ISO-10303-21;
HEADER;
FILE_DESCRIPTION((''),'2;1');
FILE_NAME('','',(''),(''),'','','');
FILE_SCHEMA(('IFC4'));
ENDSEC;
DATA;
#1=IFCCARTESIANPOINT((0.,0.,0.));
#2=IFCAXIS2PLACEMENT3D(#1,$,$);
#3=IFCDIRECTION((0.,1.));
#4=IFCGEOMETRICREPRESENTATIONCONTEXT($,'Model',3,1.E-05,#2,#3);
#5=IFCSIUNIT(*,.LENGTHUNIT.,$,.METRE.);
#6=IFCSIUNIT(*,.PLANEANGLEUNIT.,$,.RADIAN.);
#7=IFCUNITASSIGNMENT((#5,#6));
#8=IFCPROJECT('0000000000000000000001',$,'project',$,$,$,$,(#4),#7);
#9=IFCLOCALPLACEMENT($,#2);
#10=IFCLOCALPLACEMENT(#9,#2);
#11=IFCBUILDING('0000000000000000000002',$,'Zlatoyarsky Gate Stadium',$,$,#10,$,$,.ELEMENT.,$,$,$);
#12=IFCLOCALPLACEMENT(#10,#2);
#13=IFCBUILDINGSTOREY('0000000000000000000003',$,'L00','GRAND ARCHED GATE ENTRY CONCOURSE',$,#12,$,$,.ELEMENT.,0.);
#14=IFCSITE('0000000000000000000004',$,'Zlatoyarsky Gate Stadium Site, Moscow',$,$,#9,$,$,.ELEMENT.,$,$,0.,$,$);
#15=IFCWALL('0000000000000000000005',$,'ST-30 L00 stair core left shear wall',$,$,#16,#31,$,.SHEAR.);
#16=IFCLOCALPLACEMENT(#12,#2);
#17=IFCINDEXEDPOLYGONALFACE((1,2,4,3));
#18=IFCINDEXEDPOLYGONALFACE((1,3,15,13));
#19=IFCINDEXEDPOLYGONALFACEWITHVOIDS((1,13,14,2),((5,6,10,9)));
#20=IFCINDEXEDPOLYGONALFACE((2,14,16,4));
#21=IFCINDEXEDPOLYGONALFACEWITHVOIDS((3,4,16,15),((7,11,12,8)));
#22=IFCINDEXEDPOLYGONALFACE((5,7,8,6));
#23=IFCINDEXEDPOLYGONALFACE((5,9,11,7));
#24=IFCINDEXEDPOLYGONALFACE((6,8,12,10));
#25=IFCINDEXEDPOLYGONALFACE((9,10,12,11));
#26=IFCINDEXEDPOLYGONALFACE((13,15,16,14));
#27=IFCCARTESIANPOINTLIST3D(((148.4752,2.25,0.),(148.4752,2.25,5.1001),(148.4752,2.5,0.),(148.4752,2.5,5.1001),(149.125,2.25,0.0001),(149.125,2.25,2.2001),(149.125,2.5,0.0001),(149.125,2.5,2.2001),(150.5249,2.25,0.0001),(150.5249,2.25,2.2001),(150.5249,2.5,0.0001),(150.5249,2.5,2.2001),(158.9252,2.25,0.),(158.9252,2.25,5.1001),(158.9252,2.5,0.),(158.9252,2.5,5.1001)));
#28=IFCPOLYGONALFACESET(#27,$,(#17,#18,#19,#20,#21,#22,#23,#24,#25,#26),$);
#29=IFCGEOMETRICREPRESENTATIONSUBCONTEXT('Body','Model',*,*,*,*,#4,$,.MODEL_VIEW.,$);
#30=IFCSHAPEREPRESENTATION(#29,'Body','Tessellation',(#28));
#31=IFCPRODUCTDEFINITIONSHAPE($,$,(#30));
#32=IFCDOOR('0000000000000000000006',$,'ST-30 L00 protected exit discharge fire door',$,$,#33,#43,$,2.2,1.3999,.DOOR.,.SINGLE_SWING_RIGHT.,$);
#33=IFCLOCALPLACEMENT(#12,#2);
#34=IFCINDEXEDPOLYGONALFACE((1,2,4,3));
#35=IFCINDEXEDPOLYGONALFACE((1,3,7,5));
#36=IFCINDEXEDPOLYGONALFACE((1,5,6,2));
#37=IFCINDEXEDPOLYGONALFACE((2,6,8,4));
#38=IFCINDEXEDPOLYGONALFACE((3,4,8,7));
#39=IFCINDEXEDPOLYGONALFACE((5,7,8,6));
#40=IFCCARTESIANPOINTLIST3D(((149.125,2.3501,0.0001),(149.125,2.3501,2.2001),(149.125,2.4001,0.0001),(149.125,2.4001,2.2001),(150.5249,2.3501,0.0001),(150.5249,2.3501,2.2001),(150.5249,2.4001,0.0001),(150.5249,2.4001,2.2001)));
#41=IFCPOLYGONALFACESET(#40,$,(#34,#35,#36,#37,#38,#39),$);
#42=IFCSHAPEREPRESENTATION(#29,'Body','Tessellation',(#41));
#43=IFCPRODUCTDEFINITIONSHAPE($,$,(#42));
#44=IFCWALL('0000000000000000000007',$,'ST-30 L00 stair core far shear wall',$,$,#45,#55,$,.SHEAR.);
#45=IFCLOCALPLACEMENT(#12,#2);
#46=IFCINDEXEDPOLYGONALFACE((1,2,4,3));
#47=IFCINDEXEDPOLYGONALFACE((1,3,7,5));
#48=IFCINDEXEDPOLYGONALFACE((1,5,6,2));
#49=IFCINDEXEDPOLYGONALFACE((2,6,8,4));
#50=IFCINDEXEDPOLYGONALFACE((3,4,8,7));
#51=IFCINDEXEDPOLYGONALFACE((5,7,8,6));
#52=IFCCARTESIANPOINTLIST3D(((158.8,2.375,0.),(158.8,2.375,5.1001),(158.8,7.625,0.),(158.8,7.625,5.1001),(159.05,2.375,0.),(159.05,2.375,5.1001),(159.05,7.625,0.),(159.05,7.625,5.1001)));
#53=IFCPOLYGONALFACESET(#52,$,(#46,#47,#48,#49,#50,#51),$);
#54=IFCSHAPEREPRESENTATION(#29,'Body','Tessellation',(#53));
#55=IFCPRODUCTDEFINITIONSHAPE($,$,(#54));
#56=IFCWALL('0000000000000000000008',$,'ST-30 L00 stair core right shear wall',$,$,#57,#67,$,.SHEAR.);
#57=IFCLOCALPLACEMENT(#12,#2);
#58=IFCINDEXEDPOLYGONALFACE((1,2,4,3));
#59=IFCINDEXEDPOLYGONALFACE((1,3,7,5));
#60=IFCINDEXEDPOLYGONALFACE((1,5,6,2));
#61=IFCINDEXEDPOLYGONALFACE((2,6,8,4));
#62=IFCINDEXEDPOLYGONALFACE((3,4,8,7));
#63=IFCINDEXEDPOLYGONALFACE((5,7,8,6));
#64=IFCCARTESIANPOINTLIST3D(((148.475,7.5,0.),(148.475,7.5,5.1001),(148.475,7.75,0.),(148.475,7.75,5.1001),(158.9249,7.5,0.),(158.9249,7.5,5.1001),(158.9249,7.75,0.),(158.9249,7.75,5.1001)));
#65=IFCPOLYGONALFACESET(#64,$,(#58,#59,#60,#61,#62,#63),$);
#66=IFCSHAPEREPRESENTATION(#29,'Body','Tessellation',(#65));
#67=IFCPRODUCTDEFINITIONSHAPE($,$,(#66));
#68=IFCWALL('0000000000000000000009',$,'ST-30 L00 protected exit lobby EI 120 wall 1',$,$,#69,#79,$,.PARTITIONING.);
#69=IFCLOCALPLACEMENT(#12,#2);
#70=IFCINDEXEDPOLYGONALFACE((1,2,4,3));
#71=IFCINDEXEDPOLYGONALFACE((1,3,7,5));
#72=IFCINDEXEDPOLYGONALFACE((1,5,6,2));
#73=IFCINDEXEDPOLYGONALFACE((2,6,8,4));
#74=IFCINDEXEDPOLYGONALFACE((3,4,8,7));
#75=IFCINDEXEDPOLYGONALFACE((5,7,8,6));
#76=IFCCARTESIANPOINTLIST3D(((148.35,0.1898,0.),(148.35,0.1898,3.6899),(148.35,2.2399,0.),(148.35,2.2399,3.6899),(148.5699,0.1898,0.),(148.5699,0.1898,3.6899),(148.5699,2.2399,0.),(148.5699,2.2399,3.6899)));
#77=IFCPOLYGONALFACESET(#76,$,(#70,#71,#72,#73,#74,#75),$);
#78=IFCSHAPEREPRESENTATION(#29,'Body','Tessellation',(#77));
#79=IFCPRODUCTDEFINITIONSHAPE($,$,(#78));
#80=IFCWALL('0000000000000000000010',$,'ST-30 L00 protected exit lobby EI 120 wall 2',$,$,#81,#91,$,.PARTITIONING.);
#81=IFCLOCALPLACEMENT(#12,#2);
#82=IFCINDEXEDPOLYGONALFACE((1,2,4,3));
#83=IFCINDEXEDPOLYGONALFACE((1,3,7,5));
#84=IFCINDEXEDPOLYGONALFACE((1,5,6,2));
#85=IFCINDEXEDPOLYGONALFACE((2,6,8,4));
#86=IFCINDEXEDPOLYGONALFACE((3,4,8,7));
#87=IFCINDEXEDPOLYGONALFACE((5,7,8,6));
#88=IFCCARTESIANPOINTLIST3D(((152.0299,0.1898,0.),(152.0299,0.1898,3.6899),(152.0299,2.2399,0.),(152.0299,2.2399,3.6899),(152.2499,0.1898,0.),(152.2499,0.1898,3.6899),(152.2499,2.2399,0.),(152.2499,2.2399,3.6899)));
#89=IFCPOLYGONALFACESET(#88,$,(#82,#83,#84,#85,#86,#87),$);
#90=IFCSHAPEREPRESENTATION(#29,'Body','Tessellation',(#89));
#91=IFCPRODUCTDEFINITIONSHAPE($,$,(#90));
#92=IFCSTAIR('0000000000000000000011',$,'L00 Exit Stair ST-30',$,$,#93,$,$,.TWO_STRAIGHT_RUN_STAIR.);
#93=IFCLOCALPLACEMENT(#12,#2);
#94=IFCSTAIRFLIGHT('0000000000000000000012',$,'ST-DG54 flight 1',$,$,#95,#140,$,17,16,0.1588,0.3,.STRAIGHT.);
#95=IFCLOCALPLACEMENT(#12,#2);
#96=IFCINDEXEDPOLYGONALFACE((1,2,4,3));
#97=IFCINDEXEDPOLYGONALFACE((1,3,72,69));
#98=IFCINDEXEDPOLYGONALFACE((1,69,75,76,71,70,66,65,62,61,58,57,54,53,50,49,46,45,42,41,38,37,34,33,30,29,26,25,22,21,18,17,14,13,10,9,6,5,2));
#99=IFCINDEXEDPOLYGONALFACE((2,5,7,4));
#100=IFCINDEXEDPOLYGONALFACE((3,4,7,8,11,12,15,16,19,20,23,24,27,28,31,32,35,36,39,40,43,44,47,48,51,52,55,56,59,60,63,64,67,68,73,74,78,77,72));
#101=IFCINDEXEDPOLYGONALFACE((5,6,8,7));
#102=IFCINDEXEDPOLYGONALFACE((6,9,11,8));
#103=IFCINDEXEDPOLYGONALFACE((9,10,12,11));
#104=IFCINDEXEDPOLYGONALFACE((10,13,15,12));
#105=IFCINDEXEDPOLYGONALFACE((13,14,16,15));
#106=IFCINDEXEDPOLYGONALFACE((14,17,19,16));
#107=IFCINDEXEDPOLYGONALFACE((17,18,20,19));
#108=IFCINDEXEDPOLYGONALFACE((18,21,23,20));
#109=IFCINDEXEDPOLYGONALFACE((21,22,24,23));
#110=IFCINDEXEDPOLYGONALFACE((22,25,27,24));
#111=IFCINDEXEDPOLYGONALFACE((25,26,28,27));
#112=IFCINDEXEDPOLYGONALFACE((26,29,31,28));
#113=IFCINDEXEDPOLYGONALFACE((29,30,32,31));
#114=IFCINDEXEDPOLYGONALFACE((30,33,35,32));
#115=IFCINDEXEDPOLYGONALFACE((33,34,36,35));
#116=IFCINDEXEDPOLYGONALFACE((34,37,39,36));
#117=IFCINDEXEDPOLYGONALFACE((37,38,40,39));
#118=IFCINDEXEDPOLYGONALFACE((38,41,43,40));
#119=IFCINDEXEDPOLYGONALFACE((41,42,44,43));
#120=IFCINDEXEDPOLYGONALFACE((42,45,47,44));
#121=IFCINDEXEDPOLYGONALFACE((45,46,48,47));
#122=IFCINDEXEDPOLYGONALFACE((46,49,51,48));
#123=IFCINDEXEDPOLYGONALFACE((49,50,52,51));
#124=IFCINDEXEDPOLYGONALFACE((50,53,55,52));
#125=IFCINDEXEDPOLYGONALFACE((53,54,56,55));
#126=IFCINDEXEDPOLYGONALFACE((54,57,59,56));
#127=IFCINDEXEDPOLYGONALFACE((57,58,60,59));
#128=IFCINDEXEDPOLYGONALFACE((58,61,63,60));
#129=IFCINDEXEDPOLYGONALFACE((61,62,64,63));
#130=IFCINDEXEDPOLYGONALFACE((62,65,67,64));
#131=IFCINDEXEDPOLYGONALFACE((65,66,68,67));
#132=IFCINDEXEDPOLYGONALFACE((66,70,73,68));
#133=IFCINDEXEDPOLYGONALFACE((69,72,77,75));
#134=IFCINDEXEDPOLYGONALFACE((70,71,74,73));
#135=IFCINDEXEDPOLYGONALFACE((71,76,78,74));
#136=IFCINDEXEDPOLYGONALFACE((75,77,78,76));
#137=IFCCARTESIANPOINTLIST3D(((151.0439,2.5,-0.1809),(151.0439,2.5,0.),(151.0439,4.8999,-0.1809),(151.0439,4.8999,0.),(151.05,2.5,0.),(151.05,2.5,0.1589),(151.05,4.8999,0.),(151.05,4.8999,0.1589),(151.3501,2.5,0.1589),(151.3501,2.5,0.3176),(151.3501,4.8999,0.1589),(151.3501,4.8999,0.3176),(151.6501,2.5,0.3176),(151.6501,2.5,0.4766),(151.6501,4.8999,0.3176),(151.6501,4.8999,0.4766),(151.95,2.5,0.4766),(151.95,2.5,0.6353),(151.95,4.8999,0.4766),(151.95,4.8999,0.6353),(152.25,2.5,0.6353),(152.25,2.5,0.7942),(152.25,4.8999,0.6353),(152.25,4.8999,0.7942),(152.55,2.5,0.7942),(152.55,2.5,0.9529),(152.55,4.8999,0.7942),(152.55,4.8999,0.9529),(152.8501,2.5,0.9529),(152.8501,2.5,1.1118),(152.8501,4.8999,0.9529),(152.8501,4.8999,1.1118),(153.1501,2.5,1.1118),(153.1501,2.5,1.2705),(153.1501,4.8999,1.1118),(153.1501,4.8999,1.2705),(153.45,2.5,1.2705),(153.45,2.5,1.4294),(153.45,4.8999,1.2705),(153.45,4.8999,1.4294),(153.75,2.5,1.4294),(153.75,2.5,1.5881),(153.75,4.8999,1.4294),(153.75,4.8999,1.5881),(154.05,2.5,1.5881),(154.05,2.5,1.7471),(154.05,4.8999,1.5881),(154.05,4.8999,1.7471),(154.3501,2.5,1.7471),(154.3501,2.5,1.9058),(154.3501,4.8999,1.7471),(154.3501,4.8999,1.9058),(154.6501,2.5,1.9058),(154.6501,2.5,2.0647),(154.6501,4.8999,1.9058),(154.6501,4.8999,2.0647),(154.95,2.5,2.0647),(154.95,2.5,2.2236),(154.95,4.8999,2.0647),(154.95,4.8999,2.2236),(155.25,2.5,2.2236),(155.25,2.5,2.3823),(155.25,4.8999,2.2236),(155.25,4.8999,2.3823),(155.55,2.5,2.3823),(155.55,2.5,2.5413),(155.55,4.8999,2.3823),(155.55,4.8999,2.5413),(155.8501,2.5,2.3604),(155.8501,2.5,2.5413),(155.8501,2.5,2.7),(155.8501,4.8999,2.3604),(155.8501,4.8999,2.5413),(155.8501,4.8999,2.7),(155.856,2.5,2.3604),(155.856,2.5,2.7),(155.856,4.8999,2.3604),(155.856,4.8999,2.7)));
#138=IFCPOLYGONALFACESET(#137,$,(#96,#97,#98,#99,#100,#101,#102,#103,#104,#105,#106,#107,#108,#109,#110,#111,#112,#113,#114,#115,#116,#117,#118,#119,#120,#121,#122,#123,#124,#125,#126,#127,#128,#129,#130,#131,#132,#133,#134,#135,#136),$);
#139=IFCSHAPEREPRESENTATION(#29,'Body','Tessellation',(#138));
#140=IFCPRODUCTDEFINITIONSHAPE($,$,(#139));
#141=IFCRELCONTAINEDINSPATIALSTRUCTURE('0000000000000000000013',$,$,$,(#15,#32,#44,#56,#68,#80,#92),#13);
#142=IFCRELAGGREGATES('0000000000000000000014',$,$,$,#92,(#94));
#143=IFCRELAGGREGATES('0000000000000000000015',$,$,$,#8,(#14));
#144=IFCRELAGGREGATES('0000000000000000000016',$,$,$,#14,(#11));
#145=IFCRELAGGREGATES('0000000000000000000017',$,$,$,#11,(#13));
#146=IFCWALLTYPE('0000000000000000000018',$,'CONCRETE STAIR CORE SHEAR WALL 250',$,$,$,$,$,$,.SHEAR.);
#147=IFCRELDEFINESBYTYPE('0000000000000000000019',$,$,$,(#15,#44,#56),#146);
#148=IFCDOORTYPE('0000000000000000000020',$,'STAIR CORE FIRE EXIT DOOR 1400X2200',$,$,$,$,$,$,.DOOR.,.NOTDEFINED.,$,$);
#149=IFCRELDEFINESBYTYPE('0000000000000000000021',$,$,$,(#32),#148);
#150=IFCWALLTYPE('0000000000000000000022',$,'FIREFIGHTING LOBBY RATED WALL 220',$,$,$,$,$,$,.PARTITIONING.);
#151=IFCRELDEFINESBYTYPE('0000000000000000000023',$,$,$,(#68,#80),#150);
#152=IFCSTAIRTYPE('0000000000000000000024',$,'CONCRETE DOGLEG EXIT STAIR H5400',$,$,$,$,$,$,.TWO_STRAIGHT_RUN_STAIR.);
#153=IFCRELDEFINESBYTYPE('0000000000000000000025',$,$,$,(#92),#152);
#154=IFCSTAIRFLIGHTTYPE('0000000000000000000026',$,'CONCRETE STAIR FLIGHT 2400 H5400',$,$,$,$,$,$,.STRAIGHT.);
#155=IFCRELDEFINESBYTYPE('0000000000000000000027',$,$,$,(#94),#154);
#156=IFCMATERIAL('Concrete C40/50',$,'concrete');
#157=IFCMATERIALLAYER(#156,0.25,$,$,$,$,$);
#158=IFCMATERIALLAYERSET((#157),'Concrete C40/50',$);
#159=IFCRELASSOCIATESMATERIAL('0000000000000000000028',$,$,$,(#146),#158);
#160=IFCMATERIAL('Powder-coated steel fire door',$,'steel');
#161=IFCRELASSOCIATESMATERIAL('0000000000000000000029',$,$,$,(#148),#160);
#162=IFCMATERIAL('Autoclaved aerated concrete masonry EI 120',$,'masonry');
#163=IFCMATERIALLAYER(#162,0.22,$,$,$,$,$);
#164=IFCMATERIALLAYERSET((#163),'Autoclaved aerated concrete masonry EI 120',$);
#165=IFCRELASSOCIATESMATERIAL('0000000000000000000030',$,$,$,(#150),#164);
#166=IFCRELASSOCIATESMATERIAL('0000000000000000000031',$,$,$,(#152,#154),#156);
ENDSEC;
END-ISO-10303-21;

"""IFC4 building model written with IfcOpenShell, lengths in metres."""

from ifc_helpers import new_model, si_unit, direction, frame, frame_2d, origin, place, context, subcontext, project, spatial, polyline, rectangle, outline, extrude, material, layer, layer_set, type_object, element, fill, aggregate, save


model = new_model("IFC4")

# Units and contexts
model_context = context("Model", 3, precision=1e-05, world=origin(), true_north=direction((0.0, 1.0)))
body_context = subcontext(model_context, "Body", "Model", "MODEL_VIEW")
ifc_project = project(units=[si_unit("LENGTHUNIT", "METRE"), si_unit("PLANEANGLEUNIT", "RADIAN")], contexts=[model_context])

# Site, building, storey
site_placement = place(None, origin())
site = spatial("IfcSite", under=ifc_project, at=site_placement, Name="Zlatoyarsky Gate Stadium Site, Moscow", CompositionType="ELEMENT", RefElevation=0.0)
building_placement = place(site_placement, origin())
building = spatial("IfcBuilding", under=site, at=building_placement, Name="Zlatoyarsky Gate Stadium", CompositionType="ELEMENT")
storey_placement = place(building_placement, origin())
storey = spatial("IfcBuildingStorey", under=building, at=storey_placement, Name="L00", Description="GRAND ARCHED GATE ENTRY CONCOURSE", CompositionType="ELEMENT", Elevation=0.0)

# Shared definitions
ifc_material_1 = material(Name="Concrete C40/50", Category="concrete")

# Shared definitions
ifc_layer_1 = layer(ifc_material_1, 0.25)
ifc_layer_set_1 = layer_set([ifc_layer_1], Name="Concrete C40/50")
wall_type_1 = type_object("IfcWallType", Name="CONCRETE STAIR CORE SHEAR WALL 250", PredefinedType="SHEAR", material=ifc_layer_set_1)

# Wall, opening, door
wall_1_placement = place(storey_placement, frame((148.4751, 2.375, 0.0), z_axis=(0.0, 0.0, 1.0), x_axis=(1.0, 0.0, 0.0)))
wall_1 = element("IfcWall", 1, at=wall_1_placement, inside=storey, type_object=wall_type_1, Name="ST-30 L00 stair core left shear wall", PredefinedType="SHEAR", context=body_context, shape_type="SweptSolid", body=[
    extrude(rectangle(XDim=10.45, YDim=0.25, at=frame_2d((5.2251, 0.0))), origin(), (0.0, 0.0, 1.0), 5.1001),
])
opening_1_placement = place(wall_1_placement, frame((0.6499, 0.0, 0.0)))
opening_1 = element("IfcOpeningElement", 2, at=opening_1_placement, cuts=wall_1, PredefinedType="OPENING", context=body_context, shape_type="SweptSolid", body=[
    extrude(rectangle(XDim=1.3999, YDim=2.2, at=frame_2d((0.7, 1.1001))), frame((0.0, 0.135, 0.0), z_axis=(0.0, -1.0, 0.0), x_axis=(1.0, 0.0, 0.0)), (0.0, 0.0, 1.0), 0.27),
])
ifc_material_2 = material(Name="Powder-coated steel fire door", Category="steel")
door_type_1 = type_object("IfcDoorType", Name="STAIR CORE FIRE EXIT DOOR 1400X2200", OperationType="NOTDEFINED", PredefinedType="DOOR", material=ifc_material_2)
door_1_placement = place(opening_1_placement, frame((1.3999, 0.0, 0.0), z_axis=(0.0, 0.0, 1.0), x_axis=(-1.0, 0.0, 0.0)))
door_1 = element("IfcDoor", 3, at=door_1_placement, inside=storey, type_object=door_type_1, Name="ST-30 L00 protected exit discharge fire door", OperationType="SINGLE_SWING_RIGHT", OverallHeight=2.2, OverallWidth=1.3999, PredefinedType="DOOR", context=body_context, shape_type="SweptSolid", body=[
    extrude(rectangle(XDim=1.3999, YDim=2.2, at=frame_2d((0.7, 1.1001))), frame((0.0, 0.0249, 0.0), z_axis=(0.0, -1.0, 0.0), x_axis=(1.0, 0.0, 0.0)), (0.0, 0.0, 1.0), 0.05),
])
fill(opening_1, door_1)

# Walls
wall_2_placement = place(storey_placement, frame((158.925, 2.375, 0.0), z_axis=(0.0, 0.0, 1.0), x_axis=(0.0, 1.0, 0.0)))
element("IfcWall", 4, at=wall_2_placement, inside=storey, type_object=wall_type_1, Name="ST-30 L00 stair core far shear wall", PredefinedType="SHEAR", context=body_context, shape_type="SweptSolid", body=[
    extrude(rectangle(XDim=5.25, YDim=0.25, at=frame_2d((2.625, 0.0))), origin(), (0.0, 0.0, 1.0), 5.1001),
])
wall_3_placement = place(storey_placement, frame((158.925, 7.625, 0.0), z_axis=(0.0, 0.0, 1.0), x_axis=(-1.0, 0.0, 0.0)))
element("IfcWall", 5, at=wall_3_placement, inside=storey, type_object=wall_type_1, Name="ST-30 L00 stair core right shear wall", PredefinedType="SHEAR", context=body_context, shape_type="SweptSolid", body=[
    extrude(rectangle(XDim=10.45, YDim=0.25, at=frame_2d((5.2251, 0.0))), origin(), (0.0, 0.0, 1.0), 5.1001),
])
ifc_material_3 = material(Name="Autoclaved aerated concrete masonry EI 120", Category="masonry")
ifc_layer_2 = layer(ifc_material_3, 0.22)
ifc_layer_set_2 = layer_set([ifc_layer_2], Name="Autoclaved aerated concrete masonry EI 120")
wall_type_2 = type_object("IfcWallType", Name="FIREFIGHTING LOBBY RATED WALL 220", PredefinedType="PARTITIONING", material=ifc_layer_set_2)
for number, where, z_axis, x_axis, name in (
    (6, (148.46, 0.1899, 0.0), (0.0, 0.0, 1.0), (0.0, 1.0, 0.0), "ST-30 L00 protected exit lobby EI 120 wall 1"),
    (7, (152.1399, 0.1899, 0.0), (0.0, 0.0, 1.0), (0.0, 1.0, 0.0), "ST-30 L00 protected exit lobby EI 120 wall 2"),
):
    element("IfcWall", number, at=place(storey_placement, frame(where, z_axis=z_axis, x_axis=x_axis)), inside=storey, type_object=wall_type_2, Name=name, PredefinedType="PARTITIONING", context=body_context, shape_type="SweptSolid", body=[
        extrude(rectangle(XDim=2.05, YDim=0.22, at=frame_2d((1.0249, 0.0))), origin(), (0.0, 0.0, 1.0), 3.6899),
    ])

# Stair, stair flight
stair_type = type_object("IfcStairType", Name="CONCRETE DOGLEG EXIT STAIR H5400", PredefinedType="TWO_STRAIGHT_RUN_STAIR", material=ifc_material_1)
stair_placement = place(storey_placement, origin())
stair = element("IfcStair", 8, at=stair_placement, inside=storey, type_object=stair_type, Name="L00 Exit Stair ST-30", PredefinedType="TWO_STRAIGHT_RUN_STAIR")
stair_flight_type = type_object("IfcStairFlightType", Name="CONCRETE STAIR FLIGHT 2400 H5400", PredefinedType="STRAIGHT", material=ifc_material_1)
stair_flight_1_placement = place(storey_placement, frame((151.05, 3.7, 0.0), z_axis=(0.0, 0.0, 1.0), x_axis=(1.0, 0.0, 0.0)))
stair_flight_1 = element("IfcStairFlight", 9, at=stair_flight_1_placement, type_object=stair_flight_type, Name="ST-DG54 flight 1", NumberOfRisers=17, NumberOfTreads=16, PredefinedType="STRAIGHT", RiserHeight=0.1588, TreadLength=0.3, context=body_context, shape_type="SweptSolid", body=[
    extrude(outline(polyline([(-0.0061, -0.1809), (-0.0061, 0.0), (0.0, 0.0), (0.0, 0.1589), (0.3, 0.1589), (0.3, 0.3176), (0.6001, 0.3176), (0.6001, 0.4766), (0.8999, 0.4766), (0.8999, 0.6353), (1.2, 0.6353), (1.2, 0.7942), (1.5, 0.7942), (1.5, 0.9529), (1.8, 0.9529), (1.8, 1.1118), (2.1001, 1.1118), (2.1001, 1.2705), (2.3999, 1.2705), (2.3999, 1.4294), (2.7, 1.4294), (2.7, 1.5881), (3.0, 1.5881), (3.0, 1.7471), (3.3, 1.7471), (3.3, 1.9058), (3.6001, 1.9058), (3.6001, 2.0647), (3.8999, 2.0647), (3.8999, 2.2236), (4.2, 2.2236), (4.2, 2.3823), (4.5, 2.3823), (4.5, 2.5413), (4.8, 2.5413), (4.8, 2.7), (4.8059, 2.7), (4.8059, 2.3604), (4.8, 2.3604), (-0.0061, -0.1809)])), frame((0.0, 1.2, 0.0), z_axis=(0.0, -1.0, 0.0), x_axis=(1.0, 0.0, 0.0)), (0.0, 0.0, 1.0), 2.3999),
])
aggregate(stair, [stair_flight_1])

save(model, "model.ifc")
